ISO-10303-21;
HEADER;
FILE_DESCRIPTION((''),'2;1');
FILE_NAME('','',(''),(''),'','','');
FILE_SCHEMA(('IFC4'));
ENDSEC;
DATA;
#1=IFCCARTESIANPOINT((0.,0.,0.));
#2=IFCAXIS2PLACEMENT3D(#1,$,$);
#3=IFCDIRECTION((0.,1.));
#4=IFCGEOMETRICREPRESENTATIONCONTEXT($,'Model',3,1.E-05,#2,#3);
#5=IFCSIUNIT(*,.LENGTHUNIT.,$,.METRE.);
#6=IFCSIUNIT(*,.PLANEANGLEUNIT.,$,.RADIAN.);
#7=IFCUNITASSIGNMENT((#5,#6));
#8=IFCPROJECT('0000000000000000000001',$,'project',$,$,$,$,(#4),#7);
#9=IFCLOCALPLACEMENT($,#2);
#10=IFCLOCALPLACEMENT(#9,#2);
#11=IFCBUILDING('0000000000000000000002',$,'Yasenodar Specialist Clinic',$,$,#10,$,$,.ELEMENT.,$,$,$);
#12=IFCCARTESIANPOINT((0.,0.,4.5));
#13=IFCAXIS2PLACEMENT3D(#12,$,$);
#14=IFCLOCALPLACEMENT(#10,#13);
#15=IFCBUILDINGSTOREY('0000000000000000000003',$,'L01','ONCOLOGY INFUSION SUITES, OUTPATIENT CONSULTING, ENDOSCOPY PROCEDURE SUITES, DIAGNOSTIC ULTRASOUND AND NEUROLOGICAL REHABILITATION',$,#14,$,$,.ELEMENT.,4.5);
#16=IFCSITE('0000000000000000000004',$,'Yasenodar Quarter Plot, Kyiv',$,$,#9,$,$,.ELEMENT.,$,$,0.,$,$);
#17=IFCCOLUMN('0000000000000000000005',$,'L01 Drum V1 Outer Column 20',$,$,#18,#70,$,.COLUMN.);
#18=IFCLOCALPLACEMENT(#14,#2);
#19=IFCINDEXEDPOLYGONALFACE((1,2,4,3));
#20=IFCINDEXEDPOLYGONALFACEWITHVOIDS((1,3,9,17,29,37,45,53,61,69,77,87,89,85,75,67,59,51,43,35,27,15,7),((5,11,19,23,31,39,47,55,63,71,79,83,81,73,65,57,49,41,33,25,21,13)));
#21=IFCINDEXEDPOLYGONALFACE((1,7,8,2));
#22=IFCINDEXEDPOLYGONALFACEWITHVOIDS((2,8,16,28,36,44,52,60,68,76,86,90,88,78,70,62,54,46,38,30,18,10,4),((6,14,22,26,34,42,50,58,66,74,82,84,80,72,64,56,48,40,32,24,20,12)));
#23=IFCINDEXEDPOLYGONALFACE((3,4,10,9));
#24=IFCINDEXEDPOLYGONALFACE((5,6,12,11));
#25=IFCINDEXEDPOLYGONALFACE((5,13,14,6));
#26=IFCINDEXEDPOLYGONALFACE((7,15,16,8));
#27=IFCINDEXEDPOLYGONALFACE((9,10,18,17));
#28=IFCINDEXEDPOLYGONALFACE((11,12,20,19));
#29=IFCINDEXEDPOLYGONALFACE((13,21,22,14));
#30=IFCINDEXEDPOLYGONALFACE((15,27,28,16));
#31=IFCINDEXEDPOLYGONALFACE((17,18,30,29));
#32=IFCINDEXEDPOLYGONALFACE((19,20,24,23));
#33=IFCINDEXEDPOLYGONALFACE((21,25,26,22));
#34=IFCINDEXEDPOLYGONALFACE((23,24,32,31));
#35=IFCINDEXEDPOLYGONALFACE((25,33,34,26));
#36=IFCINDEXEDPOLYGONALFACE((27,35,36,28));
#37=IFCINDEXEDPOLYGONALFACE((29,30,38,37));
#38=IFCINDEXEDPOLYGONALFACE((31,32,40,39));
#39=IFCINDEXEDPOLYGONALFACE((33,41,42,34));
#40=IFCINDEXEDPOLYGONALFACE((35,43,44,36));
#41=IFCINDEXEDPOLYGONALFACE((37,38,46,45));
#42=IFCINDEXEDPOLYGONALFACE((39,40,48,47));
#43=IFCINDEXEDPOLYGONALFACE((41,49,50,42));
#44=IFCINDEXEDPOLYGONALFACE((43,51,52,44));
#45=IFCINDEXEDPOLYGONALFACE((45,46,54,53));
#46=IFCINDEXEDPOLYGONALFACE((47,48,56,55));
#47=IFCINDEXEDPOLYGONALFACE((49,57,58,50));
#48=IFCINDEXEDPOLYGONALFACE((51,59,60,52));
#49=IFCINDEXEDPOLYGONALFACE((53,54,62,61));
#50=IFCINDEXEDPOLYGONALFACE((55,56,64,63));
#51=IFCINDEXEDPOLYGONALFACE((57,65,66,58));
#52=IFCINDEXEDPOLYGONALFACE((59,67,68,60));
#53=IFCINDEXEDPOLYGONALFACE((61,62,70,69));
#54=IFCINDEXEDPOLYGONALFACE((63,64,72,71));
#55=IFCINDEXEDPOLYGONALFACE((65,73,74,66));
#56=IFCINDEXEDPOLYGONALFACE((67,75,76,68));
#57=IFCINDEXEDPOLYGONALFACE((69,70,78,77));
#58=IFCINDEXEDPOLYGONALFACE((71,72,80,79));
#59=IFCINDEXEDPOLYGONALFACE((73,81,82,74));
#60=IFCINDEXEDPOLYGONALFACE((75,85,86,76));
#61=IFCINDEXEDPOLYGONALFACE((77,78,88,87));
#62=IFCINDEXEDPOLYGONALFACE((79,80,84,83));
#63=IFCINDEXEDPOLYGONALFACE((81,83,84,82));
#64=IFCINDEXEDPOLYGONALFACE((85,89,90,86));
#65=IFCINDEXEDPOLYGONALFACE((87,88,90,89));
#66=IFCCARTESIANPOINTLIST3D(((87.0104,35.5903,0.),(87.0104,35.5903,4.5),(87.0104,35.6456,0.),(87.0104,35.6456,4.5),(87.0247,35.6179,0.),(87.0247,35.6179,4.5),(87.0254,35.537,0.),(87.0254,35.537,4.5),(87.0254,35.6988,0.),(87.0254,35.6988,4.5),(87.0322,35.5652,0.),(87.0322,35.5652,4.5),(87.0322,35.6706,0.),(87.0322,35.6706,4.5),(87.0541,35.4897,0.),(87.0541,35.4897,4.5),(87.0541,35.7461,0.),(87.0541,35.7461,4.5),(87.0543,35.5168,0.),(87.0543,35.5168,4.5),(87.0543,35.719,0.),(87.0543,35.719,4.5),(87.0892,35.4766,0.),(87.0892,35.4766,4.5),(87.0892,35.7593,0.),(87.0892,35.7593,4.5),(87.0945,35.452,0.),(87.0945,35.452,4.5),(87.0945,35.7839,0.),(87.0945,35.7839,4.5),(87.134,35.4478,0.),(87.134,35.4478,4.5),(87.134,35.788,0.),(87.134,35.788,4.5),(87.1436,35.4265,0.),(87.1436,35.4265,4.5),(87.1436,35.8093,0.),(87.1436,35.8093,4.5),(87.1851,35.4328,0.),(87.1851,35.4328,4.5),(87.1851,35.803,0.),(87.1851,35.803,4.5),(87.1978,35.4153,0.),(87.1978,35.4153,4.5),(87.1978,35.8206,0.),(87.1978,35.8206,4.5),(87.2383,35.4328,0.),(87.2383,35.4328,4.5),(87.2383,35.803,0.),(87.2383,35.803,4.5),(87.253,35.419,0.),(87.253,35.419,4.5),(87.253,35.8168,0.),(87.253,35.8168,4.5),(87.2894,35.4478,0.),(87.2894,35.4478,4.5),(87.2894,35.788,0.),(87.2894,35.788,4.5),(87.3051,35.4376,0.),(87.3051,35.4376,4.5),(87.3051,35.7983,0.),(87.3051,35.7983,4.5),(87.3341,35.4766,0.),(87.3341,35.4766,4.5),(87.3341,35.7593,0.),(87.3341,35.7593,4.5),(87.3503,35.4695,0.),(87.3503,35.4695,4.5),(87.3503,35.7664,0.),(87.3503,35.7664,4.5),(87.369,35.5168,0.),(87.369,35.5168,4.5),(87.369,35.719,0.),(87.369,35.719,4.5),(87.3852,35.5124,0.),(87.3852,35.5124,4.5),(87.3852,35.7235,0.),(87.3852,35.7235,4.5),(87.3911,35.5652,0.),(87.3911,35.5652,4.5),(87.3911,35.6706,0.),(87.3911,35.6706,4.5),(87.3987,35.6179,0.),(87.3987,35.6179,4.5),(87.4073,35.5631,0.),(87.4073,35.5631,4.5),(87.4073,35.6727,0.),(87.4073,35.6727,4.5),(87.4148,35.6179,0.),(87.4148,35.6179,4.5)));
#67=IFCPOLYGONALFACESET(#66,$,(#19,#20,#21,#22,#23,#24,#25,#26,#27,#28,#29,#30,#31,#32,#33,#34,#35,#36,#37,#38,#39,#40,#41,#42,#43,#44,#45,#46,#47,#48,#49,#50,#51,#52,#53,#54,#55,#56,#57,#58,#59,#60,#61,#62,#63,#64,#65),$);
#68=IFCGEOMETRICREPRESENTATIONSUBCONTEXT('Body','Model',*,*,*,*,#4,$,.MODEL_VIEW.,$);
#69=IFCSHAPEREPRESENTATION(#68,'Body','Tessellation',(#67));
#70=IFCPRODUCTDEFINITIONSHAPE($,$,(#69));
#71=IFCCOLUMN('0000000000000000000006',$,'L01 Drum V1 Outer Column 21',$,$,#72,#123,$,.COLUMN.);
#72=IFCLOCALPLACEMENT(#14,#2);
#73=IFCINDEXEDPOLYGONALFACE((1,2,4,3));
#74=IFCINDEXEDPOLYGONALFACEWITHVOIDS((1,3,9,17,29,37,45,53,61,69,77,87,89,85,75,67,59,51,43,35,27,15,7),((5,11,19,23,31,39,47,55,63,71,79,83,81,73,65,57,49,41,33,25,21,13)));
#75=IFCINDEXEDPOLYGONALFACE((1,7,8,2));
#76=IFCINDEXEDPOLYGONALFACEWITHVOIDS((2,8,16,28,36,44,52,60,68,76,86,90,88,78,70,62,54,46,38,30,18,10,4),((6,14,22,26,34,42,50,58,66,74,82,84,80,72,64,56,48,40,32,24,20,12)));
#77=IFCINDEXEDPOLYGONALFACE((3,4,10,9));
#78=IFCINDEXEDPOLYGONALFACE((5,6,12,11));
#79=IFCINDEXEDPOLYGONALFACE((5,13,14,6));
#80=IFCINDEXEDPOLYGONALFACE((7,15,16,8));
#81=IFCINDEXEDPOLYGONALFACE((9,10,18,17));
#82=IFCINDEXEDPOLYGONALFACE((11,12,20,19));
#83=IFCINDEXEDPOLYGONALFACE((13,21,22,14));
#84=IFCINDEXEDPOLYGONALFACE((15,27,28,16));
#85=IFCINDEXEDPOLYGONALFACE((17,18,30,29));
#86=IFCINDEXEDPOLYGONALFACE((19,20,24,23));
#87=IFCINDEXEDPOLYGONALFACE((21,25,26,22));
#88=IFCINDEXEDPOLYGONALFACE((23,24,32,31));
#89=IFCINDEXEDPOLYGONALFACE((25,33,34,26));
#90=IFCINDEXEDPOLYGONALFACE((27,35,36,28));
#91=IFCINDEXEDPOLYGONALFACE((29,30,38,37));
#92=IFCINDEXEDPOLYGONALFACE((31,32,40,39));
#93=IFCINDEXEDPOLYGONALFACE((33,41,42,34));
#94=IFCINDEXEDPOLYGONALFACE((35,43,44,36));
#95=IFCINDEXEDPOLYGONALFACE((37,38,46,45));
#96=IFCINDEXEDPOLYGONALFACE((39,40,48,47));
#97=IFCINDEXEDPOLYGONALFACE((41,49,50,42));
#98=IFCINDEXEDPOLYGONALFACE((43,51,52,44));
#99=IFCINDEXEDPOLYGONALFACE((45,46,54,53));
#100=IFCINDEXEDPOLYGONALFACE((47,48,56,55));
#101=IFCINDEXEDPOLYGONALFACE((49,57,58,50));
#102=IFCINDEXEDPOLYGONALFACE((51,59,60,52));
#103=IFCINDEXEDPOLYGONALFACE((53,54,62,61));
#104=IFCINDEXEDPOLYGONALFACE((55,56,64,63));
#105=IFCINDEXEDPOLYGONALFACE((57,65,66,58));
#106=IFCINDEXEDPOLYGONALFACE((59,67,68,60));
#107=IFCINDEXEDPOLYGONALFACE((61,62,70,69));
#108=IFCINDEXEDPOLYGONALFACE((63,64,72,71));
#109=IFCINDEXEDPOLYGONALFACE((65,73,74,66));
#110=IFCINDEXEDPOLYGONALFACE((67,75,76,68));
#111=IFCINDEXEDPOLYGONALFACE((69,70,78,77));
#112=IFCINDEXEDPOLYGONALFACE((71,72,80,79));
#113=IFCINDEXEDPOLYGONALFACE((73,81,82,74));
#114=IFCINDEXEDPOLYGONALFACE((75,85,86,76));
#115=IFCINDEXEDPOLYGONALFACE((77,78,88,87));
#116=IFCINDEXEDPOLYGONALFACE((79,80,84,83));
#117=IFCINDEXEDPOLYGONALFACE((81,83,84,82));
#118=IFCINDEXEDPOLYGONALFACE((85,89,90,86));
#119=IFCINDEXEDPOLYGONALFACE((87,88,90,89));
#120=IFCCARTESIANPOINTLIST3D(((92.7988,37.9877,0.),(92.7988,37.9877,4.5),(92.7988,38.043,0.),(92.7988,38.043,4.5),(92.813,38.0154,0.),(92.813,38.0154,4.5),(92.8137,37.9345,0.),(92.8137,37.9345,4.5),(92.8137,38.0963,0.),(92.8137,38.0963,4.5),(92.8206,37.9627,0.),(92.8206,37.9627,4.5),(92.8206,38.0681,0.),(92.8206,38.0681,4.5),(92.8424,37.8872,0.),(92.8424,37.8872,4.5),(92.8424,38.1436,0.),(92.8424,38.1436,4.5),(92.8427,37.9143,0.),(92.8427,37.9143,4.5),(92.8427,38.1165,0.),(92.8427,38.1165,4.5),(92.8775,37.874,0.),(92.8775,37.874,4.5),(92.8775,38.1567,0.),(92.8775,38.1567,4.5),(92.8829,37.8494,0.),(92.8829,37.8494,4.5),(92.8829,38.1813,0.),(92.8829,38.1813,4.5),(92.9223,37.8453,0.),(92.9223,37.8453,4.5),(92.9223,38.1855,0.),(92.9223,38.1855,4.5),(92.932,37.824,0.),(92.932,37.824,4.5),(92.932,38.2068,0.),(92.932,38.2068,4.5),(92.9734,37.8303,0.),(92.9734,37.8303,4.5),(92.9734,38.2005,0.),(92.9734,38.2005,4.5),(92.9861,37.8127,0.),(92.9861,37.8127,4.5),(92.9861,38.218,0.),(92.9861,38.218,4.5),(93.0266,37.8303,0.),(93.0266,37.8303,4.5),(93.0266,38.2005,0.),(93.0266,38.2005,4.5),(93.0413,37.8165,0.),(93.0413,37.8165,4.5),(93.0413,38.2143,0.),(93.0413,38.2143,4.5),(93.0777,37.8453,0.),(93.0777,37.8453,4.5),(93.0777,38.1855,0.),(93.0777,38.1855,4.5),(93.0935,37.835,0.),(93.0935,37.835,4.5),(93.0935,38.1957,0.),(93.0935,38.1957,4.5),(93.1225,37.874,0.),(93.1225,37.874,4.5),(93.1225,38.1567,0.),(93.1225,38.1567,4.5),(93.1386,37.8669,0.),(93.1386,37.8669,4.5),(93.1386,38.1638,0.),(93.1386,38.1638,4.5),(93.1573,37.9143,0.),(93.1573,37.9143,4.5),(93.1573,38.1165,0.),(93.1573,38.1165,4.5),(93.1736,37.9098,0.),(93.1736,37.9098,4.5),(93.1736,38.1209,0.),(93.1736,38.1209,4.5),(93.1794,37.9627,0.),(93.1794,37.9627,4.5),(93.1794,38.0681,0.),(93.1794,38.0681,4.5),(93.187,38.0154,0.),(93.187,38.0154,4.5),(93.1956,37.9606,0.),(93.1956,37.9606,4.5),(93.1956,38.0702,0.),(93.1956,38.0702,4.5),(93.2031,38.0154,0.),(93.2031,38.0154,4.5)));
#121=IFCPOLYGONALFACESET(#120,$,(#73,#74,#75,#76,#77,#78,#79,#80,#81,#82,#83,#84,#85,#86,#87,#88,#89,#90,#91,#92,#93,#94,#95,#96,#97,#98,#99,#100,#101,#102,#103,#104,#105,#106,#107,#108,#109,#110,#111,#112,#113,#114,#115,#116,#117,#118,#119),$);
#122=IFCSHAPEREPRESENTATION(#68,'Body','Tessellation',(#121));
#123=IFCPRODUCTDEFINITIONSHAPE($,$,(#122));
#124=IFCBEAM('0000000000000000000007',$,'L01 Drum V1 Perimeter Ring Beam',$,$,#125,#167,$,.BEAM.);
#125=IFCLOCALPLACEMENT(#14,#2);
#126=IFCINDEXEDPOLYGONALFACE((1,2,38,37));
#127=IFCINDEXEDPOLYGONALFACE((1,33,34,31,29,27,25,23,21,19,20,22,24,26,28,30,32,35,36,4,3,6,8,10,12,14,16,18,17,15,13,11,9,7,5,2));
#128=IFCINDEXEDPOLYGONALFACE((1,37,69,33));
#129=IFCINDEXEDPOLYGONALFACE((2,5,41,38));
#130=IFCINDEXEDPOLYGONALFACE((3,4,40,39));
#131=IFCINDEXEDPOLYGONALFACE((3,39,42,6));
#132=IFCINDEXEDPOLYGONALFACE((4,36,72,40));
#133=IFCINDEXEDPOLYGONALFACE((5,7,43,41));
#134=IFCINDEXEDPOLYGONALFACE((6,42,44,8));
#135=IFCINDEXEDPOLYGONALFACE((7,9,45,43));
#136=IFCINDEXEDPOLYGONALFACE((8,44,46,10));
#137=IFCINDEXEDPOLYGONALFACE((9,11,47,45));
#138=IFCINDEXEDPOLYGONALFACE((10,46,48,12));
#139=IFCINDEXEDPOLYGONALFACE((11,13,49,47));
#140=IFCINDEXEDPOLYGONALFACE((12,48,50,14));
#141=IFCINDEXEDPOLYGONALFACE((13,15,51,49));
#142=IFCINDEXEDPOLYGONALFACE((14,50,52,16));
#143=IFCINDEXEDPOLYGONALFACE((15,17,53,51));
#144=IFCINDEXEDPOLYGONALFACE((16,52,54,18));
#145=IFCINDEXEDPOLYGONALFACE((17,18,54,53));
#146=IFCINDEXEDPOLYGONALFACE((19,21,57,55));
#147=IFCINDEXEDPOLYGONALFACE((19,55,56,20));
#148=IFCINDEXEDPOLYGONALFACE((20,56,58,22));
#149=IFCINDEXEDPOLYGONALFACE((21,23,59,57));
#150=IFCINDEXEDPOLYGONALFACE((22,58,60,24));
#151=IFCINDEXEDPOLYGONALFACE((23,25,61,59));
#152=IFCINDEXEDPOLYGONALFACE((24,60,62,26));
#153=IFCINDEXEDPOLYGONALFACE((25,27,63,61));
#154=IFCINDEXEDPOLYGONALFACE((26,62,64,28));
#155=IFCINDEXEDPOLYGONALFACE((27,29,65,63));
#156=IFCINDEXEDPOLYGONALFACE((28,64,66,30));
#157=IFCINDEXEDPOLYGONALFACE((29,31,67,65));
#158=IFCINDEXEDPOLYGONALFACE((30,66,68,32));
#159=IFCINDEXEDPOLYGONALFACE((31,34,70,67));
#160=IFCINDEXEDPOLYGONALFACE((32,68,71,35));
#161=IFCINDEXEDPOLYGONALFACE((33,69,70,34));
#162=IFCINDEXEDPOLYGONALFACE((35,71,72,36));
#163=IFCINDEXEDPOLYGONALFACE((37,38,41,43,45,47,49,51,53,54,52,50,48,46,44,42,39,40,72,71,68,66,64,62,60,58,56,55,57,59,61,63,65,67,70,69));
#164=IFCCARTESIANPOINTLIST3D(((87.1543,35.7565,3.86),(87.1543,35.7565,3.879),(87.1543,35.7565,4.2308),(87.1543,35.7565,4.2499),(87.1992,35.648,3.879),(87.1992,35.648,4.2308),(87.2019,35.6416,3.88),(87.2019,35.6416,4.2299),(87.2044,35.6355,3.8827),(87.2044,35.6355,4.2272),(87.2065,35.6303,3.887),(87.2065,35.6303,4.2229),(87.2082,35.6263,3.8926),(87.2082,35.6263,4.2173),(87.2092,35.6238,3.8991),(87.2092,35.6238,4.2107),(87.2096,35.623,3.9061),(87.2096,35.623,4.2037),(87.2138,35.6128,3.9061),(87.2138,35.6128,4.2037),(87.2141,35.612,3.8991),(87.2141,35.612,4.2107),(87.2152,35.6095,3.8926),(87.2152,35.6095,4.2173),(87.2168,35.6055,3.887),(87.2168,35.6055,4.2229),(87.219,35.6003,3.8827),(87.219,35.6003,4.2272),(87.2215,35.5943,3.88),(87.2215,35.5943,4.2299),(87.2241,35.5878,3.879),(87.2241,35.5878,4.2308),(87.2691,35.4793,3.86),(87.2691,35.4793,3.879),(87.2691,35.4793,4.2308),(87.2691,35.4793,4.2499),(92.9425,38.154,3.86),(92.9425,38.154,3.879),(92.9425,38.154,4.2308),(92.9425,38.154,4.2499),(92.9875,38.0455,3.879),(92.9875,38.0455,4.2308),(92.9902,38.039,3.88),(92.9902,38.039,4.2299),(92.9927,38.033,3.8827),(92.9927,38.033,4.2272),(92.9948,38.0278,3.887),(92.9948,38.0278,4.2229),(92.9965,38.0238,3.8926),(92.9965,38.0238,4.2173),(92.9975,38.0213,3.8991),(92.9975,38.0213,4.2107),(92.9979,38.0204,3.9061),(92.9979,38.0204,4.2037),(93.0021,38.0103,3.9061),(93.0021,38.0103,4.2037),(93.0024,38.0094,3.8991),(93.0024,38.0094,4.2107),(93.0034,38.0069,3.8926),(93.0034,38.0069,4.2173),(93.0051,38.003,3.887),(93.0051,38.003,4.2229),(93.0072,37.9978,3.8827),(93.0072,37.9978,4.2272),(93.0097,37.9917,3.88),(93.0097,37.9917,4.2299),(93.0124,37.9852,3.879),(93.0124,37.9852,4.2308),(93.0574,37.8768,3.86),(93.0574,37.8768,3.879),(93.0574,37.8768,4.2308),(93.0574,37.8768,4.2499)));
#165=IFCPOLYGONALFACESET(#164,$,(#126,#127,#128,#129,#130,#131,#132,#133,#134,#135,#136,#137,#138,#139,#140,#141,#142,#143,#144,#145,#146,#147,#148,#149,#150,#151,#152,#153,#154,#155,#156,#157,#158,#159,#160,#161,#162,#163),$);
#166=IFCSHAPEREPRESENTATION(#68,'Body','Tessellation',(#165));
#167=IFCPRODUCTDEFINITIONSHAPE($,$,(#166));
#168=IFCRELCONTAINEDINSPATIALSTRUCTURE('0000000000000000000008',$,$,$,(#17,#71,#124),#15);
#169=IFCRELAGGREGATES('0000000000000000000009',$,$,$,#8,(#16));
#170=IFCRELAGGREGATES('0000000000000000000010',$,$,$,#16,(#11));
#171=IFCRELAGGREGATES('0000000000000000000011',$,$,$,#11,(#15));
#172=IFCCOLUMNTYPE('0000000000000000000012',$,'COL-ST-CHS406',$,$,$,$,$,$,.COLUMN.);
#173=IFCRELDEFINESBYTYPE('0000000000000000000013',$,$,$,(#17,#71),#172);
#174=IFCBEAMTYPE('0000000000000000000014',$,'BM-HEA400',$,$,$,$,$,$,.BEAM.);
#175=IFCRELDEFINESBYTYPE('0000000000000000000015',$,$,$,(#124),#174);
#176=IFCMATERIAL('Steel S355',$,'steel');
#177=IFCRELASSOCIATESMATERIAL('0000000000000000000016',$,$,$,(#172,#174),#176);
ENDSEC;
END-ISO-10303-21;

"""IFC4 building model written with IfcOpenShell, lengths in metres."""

from ifc_helpers import new_model, si_unit, direction, frame, origin, origin_2d, place, context, subcontext, project, spatial, hollow_circle, i_section, extrude, material, material_profile, profile_set, type_object, element, save


model = new_model("IFC4")

# Units and contexts
model_context = context("Model", 3, precision=1e-05, world=origin(), true_north=direction((0.0, 1.0)))
body_context = subcontext(model_context, "Body", "Model", "MODEL_VIEW")
ifc_project = project(units=[si_unit("LENGTHUNIT", "METRE"), si_unit("PLANEANGLEUNIT", "RADIAN")], contexts=[model_context])

# Site, building, storey
site_placement = place(None, origin())
site = spatial("IfcSite", under=ifc_project, at=site_placement, Name="Yasenodar Quarter Plot, Kyiv", CompositionType="ELEMENT", RefElevation=0.0)
building_placement = place(site_placement, origin())
building = spatial("IfcBuilding", under=site, at=building_placement, Name="Yasenodar Specialist Clinic", CompositionType="ELEMENT")
storey_placement = place(building_placement, frame((0.0, 0.0, 4.5)))
storey = spatial("IfcBuildingStorey", under=building, at=storey_placement, Name="L01", Description="ONCOLOGY INFUSION SUITES, OUTPATIENT CONSULTING, ENDOSCOPY PROCEDURE SUITES, DIAGNOSTIC ULTRASOUND AND NEUROLOGICAL REHABILITATION", CompositionType="ELEMENT", Elevation=4.5)

# Columns
ifc_material_1 = material(Name="Steel S355", Category="steel")
ifc_material_profile_1 = material_profile(ifc_material_1, hollow_circle(Radius=0.2031, WallThickness=0.0161, at=origin_2d()), Name="CHS 406.4x16")
ifc_profile_set_1 = profile_set([ifc_material_profile_1], Name="Steel S355")
column_type = type_object("IfcColumnType", Name="COL-ST-CHS406", PredefinedType="COLUMN", material=ifc_profile_set_1)
for number, where, z_axis, x_axis, name in (
    (1, (87.2117, 35.6179, 0.0), (0.0, 0.0, 1.0), (1.0, 0.0, 0.0), "L01 Drum V1 Outer Column 20"),
    (2, (93.0, 38.0154, 0.0), (0.0, 0.0, 1.0), (1.0, 0.0, 0.0), "L01 Drum V1 Outer Column 21"),
):
    element("IfcColumn", number, at=place(storey_placement, frame(where, z_axis=z_axis, x_axis=x_axis)), inside=storey, type_object=column_type, Name=name, PredefinedType="COLUMN", context=body_context, shape_type="SweptSolid", body=[
        extrude(hollow_circle(Radius=0.2031, WallThickness=0.0161, at=origin_2d()), origin(), (0.0, 0.0, 1.0), 4.5),
    ])

# Beam
ifc_material_profile_2 = material_profile(ifc_material_1, i_section(OverallWidth=0.3, OverallDepth=0.3899, WebThickness=0.011, FlangeThickness=0.019, FilletRadius=0.0271, at=origin_2d()), Name="HEA 400")
ifc_profile_set_2 = profile_set([ifc_material_profile_2], Name="Steel S355")
beam_type = type_object("IfcBeamType", Name="BM-HEA400", PredefinedType="BEAM", material=ifc_profile_set_2)
beam_1_placement = place(storey_placement, frame((87.2117, 35.6179, 4.0549), z_axis=(0.923888, 0.382664, 0.0), x_axis=(-0.382664, 0.923888, 0.0)))
element("IfcBeam", 3, at=beam_1_placement, inside=storey, type_object=beam_type, Name="L01 Drum V1 Perimeter Ring Beam", PredefinedType="BEAM", context=body_context, shape_type="SweptSolid", body=[
    extrude(i_section(OverallWidth=0.3, OverallDepth=0.3899, WebThickness=0.011, FlangeThickness=0.019, FilletRadius=0.0271, at=origin_2d()), origin(), (0.0, 0.0, 1.0), 6.2651),
])

save(model, "model.ifc")
